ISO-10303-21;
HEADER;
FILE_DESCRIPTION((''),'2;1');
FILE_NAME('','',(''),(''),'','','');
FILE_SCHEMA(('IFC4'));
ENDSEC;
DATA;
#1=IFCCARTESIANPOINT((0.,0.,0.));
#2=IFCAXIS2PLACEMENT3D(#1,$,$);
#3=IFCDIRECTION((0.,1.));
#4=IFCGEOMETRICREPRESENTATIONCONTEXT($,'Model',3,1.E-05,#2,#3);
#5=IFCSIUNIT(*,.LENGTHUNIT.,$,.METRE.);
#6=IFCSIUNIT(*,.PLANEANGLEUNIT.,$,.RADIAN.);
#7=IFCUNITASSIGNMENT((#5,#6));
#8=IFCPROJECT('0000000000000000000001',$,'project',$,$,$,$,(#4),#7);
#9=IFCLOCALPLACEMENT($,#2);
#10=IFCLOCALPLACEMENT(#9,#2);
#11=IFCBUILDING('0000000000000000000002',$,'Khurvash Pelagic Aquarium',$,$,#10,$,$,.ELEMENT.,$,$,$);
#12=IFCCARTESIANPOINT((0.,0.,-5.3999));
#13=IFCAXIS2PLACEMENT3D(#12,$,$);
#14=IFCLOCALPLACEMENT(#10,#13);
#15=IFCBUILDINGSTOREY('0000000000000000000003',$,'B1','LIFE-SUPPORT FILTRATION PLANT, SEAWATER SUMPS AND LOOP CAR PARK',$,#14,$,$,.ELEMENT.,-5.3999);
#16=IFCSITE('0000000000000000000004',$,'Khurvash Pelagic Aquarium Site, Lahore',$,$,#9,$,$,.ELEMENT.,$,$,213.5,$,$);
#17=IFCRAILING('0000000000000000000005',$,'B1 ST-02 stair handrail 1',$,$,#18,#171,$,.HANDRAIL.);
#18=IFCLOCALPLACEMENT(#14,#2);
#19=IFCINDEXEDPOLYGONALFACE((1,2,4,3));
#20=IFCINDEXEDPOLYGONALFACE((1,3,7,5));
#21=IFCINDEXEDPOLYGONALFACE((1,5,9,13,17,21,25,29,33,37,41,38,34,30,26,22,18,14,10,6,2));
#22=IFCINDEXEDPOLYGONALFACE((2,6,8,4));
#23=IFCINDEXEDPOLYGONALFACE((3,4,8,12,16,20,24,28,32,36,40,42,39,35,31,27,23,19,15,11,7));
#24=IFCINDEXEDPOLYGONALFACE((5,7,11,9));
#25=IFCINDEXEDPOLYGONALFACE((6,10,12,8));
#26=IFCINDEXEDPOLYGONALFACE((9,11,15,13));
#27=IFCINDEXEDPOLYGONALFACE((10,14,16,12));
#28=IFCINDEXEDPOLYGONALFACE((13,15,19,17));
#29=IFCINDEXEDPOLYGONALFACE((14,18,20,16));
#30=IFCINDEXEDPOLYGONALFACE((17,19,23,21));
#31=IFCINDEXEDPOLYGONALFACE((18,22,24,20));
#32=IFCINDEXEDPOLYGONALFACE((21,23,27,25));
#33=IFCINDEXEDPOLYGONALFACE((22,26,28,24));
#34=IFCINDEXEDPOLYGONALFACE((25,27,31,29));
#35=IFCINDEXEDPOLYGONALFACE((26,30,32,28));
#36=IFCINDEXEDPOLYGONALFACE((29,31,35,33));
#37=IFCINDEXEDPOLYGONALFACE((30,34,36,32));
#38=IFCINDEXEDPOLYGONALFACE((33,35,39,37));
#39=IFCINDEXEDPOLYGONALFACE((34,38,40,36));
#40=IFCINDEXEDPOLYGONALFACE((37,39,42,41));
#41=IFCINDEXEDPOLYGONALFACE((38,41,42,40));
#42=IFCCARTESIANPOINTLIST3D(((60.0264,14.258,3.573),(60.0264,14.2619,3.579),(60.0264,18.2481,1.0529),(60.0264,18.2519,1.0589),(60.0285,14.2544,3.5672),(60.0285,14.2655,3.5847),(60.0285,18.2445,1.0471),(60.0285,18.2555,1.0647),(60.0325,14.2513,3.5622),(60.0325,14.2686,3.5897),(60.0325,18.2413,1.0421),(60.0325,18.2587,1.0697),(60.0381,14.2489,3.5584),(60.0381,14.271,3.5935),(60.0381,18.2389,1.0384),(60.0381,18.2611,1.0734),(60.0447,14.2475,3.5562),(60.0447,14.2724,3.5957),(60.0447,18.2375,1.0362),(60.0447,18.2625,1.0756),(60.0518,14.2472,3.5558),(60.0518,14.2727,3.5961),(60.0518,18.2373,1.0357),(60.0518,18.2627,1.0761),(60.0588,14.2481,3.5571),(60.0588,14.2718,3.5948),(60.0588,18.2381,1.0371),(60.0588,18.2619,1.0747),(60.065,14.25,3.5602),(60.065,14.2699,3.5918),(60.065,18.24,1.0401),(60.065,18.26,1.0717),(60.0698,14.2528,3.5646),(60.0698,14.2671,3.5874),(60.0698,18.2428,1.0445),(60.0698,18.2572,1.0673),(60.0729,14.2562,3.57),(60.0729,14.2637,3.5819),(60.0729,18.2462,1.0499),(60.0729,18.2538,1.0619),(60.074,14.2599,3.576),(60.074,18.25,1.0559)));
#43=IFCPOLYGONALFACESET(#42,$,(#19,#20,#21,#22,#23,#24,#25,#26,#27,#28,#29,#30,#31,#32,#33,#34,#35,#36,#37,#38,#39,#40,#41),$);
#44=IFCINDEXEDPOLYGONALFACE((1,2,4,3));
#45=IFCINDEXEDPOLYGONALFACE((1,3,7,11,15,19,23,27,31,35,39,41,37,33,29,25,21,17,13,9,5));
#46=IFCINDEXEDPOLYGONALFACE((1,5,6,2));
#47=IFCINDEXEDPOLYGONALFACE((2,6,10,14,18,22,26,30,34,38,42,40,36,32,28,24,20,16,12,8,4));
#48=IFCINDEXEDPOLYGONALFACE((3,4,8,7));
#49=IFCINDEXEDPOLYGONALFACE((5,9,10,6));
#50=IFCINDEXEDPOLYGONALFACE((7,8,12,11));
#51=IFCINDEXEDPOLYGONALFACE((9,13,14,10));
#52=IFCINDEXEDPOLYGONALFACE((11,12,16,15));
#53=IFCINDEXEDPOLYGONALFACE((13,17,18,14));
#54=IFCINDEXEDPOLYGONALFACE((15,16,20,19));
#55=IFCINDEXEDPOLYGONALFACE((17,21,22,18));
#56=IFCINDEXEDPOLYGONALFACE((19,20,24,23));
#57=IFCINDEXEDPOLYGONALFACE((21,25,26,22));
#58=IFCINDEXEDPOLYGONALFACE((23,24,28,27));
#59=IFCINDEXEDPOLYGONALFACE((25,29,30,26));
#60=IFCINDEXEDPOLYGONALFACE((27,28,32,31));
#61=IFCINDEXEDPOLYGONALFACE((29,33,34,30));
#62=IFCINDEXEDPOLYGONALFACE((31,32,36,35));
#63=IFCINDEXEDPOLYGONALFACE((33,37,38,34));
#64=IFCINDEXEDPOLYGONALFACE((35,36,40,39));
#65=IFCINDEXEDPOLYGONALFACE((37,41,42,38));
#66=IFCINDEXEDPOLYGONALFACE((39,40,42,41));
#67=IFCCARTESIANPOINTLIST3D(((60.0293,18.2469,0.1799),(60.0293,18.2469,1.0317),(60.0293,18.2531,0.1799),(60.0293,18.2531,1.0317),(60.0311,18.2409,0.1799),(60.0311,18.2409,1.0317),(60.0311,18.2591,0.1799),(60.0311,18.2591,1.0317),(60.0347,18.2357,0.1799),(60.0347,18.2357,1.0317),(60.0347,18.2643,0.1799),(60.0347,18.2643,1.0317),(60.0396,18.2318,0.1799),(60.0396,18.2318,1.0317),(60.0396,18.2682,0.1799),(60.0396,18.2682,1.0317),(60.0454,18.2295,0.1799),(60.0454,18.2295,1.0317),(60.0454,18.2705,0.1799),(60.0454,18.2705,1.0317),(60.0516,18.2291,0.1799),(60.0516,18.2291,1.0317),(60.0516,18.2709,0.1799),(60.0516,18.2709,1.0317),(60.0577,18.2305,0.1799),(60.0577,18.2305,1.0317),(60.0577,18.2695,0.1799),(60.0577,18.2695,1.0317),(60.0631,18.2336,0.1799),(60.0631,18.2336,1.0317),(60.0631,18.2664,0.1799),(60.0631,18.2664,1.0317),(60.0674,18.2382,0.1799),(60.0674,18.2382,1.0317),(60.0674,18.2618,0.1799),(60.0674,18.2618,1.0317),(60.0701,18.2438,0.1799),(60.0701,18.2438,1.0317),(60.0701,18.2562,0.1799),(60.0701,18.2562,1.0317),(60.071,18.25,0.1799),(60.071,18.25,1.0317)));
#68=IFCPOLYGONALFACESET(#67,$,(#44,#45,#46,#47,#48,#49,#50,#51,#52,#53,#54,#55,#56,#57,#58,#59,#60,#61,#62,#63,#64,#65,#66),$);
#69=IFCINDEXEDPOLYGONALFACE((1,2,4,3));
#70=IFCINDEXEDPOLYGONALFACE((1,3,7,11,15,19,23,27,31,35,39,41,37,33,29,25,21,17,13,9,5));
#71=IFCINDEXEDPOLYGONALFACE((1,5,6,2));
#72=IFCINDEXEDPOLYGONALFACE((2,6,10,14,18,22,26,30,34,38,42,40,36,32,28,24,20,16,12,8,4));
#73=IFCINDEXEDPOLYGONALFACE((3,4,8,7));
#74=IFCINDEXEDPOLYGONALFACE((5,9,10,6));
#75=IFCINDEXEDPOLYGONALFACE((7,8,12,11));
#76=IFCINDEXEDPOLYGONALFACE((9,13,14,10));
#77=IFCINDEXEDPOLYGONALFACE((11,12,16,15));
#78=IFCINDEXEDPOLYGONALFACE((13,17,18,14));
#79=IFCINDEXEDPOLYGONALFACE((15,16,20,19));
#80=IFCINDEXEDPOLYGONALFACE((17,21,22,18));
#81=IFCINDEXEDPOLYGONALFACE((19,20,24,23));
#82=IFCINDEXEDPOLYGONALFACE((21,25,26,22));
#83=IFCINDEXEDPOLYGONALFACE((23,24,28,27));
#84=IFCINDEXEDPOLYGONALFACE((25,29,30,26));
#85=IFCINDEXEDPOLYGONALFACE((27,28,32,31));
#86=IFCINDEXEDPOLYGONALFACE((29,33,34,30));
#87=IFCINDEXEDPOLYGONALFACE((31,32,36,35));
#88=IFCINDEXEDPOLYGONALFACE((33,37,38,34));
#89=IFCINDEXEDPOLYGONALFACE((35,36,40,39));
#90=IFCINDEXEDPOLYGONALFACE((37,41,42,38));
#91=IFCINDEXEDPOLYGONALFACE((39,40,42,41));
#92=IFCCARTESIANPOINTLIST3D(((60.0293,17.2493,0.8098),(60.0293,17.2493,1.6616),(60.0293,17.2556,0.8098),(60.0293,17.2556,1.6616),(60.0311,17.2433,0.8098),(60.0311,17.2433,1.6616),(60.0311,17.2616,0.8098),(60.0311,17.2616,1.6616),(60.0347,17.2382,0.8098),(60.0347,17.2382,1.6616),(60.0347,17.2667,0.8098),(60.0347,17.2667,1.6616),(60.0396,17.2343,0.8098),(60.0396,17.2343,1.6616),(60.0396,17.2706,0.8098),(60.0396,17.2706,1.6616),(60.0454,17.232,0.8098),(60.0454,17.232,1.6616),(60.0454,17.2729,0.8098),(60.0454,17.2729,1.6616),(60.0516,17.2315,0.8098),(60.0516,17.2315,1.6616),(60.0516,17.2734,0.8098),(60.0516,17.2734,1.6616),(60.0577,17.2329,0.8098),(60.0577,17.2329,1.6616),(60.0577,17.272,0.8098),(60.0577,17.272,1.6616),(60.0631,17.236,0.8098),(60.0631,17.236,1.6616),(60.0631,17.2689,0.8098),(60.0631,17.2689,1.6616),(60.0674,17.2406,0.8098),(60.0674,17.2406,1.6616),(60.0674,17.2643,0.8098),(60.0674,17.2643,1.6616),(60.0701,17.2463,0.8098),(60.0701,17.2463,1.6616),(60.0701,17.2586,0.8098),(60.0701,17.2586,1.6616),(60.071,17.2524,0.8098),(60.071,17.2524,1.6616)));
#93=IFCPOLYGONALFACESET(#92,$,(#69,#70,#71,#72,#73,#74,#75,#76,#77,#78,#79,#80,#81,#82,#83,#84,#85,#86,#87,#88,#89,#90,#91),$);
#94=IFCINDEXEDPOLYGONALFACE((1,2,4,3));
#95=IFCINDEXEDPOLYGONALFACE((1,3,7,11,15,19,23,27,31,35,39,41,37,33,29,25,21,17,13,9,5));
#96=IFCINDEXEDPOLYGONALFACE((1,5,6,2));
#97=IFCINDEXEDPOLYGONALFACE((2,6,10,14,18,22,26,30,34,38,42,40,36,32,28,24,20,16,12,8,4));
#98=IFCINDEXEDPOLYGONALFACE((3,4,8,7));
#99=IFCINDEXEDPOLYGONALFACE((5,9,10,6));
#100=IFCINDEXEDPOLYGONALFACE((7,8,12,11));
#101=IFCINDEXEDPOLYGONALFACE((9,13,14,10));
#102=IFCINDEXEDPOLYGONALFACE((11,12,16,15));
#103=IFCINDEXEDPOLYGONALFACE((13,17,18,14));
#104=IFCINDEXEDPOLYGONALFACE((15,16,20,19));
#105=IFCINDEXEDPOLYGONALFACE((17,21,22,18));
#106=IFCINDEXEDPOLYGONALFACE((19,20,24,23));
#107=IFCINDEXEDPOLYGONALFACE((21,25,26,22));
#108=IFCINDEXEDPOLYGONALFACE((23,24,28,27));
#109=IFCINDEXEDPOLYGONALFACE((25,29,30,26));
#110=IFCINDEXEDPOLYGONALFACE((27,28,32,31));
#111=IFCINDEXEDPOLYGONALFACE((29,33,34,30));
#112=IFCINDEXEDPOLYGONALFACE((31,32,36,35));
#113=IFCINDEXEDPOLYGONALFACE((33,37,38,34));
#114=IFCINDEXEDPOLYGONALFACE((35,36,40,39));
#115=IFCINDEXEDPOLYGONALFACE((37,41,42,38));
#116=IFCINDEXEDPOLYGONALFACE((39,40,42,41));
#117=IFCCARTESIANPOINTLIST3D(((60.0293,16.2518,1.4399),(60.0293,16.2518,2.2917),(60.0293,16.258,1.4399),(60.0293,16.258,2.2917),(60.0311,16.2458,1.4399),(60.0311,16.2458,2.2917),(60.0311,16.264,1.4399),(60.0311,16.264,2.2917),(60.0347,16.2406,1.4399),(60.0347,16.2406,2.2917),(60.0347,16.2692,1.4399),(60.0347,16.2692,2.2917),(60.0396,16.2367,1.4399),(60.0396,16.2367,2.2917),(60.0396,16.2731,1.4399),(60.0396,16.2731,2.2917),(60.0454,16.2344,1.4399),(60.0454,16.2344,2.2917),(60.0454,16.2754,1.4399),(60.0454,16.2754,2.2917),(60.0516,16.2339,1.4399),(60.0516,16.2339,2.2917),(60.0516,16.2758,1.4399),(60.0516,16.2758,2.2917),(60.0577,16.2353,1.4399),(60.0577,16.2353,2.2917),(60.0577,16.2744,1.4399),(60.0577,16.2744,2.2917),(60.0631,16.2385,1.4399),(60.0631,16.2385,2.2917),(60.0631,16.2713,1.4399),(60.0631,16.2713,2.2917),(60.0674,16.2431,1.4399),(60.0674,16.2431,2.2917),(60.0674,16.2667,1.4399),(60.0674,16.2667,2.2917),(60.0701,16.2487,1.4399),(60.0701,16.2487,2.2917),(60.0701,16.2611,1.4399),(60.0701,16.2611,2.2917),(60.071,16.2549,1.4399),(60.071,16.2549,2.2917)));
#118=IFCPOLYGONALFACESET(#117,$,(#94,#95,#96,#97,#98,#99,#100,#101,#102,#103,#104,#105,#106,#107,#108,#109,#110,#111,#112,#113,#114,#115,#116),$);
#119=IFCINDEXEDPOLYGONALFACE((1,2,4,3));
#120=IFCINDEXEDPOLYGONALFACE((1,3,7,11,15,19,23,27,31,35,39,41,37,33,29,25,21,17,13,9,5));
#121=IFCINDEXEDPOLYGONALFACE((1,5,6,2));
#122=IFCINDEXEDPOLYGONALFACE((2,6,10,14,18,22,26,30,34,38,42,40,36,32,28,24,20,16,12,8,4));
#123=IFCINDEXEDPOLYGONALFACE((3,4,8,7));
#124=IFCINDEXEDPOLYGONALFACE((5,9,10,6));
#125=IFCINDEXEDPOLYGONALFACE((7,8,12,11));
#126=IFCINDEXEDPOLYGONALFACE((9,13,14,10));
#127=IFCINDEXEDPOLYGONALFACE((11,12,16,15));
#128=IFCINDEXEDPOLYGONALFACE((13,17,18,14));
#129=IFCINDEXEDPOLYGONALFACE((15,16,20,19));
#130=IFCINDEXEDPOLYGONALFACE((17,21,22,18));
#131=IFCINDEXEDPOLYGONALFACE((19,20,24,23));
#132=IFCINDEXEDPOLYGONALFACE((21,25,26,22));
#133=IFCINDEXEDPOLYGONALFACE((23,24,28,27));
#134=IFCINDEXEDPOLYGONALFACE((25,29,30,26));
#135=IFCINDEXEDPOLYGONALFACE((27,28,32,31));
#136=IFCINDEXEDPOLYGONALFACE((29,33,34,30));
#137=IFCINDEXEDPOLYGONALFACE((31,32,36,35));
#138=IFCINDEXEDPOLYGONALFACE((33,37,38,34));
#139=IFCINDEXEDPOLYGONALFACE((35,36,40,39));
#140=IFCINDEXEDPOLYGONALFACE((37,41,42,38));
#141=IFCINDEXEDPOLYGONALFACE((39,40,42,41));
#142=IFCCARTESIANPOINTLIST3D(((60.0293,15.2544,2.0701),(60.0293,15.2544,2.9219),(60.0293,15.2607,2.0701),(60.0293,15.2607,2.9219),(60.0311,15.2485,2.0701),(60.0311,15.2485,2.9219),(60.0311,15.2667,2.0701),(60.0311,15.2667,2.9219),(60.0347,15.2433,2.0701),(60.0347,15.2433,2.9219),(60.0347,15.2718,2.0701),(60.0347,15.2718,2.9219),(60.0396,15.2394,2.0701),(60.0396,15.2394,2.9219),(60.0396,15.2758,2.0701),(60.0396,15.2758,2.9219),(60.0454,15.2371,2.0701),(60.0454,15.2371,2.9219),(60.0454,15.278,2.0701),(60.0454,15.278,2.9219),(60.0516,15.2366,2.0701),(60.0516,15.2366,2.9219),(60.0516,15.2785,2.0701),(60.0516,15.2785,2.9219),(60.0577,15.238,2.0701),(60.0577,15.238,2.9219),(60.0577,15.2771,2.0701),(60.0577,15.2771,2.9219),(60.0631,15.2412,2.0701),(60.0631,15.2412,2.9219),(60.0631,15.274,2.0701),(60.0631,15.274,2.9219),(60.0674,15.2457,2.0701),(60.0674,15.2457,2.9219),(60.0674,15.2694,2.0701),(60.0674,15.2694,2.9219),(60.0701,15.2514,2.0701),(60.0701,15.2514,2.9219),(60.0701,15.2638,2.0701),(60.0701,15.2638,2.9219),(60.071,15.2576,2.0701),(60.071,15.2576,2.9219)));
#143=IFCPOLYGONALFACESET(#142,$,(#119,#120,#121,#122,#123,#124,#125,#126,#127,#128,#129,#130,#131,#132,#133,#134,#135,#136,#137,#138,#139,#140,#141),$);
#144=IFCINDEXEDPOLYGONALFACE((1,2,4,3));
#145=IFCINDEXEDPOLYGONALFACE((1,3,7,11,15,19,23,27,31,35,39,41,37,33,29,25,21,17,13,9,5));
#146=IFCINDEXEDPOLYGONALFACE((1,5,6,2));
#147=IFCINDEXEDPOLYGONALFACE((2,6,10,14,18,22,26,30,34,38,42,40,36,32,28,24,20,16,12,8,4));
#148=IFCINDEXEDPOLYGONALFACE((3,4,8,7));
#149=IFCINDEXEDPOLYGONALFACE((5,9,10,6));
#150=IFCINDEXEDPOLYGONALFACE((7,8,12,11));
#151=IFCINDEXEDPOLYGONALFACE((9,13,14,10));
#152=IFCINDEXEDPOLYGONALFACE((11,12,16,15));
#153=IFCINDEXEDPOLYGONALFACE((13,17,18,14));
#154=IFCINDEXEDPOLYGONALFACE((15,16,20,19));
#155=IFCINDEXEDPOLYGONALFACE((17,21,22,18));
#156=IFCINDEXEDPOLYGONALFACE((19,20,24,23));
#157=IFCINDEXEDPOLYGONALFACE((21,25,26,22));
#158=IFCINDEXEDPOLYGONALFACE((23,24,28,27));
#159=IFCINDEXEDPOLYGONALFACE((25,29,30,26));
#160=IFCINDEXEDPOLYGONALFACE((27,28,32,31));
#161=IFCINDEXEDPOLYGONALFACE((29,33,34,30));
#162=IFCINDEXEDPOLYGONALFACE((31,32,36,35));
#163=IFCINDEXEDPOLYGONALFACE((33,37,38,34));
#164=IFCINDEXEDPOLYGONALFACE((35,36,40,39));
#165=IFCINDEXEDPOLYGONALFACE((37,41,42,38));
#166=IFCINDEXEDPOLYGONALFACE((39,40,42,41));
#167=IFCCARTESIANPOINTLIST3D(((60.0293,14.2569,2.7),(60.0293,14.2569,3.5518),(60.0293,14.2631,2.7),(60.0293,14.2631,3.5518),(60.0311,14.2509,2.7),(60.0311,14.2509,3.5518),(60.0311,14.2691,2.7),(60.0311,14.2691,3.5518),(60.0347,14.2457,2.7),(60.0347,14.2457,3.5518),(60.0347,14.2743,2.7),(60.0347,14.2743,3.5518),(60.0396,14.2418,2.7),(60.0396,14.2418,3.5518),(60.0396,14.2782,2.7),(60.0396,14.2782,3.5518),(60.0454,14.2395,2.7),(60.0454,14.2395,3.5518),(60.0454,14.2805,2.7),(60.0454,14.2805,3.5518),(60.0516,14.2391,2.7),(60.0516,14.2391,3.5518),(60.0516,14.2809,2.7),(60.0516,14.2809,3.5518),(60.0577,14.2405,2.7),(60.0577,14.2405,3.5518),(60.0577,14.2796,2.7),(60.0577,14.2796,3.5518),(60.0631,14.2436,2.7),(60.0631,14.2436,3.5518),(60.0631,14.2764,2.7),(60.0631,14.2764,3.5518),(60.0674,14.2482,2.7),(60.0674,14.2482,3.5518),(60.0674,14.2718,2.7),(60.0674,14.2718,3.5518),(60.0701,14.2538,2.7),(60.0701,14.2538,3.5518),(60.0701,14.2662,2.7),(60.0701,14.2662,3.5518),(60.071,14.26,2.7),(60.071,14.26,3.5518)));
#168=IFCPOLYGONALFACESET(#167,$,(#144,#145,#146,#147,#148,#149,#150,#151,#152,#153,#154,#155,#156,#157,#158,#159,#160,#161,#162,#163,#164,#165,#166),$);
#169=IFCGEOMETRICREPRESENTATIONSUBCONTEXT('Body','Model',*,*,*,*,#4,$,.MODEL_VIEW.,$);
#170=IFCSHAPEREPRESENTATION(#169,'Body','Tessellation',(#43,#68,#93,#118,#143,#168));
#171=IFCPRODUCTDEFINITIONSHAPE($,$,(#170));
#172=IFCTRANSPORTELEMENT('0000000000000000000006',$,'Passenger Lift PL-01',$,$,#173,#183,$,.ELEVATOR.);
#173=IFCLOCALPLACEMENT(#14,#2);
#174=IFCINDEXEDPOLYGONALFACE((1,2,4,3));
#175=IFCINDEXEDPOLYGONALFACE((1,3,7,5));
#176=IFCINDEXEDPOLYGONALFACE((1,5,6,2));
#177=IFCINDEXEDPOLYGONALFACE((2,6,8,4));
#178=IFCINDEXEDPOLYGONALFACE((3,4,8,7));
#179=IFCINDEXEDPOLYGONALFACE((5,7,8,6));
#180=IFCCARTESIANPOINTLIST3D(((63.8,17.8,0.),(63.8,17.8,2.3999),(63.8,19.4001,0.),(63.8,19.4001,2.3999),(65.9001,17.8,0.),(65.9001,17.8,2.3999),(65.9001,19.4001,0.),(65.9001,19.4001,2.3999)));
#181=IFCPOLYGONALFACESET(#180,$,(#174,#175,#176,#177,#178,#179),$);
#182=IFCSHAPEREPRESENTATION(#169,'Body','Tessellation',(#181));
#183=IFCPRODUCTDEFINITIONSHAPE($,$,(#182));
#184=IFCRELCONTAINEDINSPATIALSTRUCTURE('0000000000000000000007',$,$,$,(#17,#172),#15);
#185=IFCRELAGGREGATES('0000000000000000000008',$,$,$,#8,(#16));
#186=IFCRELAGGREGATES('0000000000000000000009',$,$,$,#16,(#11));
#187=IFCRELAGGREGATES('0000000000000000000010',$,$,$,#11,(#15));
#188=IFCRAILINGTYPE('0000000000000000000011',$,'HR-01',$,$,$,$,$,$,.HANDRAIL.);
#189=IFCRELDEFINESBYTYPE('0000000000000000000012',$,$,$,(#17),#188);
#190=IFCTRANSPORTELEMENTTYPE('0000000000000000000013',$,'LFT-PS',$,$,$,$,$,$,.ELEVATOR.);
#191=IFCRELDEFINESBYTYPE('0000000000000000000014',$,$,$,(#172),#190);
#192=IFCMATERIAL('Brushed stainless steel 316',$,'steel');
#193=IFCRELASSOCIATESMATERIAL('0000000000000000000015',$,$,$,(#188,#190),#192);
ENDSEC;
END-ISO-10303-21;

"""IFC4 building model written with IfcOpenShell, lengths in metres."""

from ifc_helpers import new_model, si_unit, direction, frame, origin, origin_2d, place, context, subcontext, project, spatial, rectangle, circle, extrude, material, type_object, element, save


model = new_model("IFC4")

# Units and contexts
model_context = context("Model", 3, precision=1e-05, world=origin(), true_north=direction((0.0, 1.0)))
body_context = subcontext(model_context, "Body", "Model", "MODEL_VIEW")
ifc_project = project(units=[si_unit("LENGTHUNIT", "METRE"), si_unit("PLANEANGLEUNIT", "RADIAN")], contexts=[model_context])

# Site, building, storey
site_placement = place(None, origin())
site = spatial("IfcSite", under=ifc_project, at=site_placement, Name="Khurvash Pelagic Aquarium Site, Lahore", CompositionType="ELEMENT", RefElevation=213.5)
building_placement = place(site_placement, origin())
building = spatial("IfcBuilding", under=site, at=building_placement, Name="Khurvash Pelagic Aquarium", CompositionType="ELEMENT")
storey_placement = place(building_placement, frame((0.0, 0.0, -5.3999)))
storey = spatial("IfcBuildingStorey", under=building, at=storey_placement, Name="B1", Description="LIFE-SUPPORT FILTRATION PLANT, SEAWATER SUMPS AND LOOP CAR PARK", CompositionType="ELEMENT", Elevation=-5.3999)

# Railing
ifc_material_1 = material(Name="Brushed stainless steel 316", Category="steel")
railing_type_1 = type_object("IfcRailingType", Name="HR-01", PredefinedType="HANDRAIL", material=ifc_material_1)
railing_1_placement = place(storey_placement, frame((60.05, 18.25, 0.1799)))
element("IfcRailing", 1, at=railing_1_placement, inside=storey, type_object=railing_type_1, Name="B1 ST-02 stair handrail 1", PredefinedType="HANDRAIL", context=body_context, shape_type="SweptSolid", body=[
    extrude(circle(Radius=0.0239, at=origin_2d()), frame((0.0, 0.0, 0.876), z_axis=(0.0, -0.845486, 0.533997), x_axis=(1.0, 0.0, 0.0)), (0.0, 0.0, 1.0), 4.7192),
    extrude(circle(Radius=0.021, at=origin_2d()), origin(), (0.0, 0.0, 1.0), 0.8518),
    extrude(circle(Radius=0.021, at=origin_2d()), frame((0.0, -0.9976, 0.6299)), (0.0, 0.0, 1.0), 0.8518),
    extrude(circle(Radius=0.021, at=origin_2d()), frame((0.0, -1.9951, 1.26)), (0.0, 0.0, 1.0), 0.8518),
    extrude(circle(Radius=0.021, at=origin_2d()), frame((0.0, -2.9924, 1.8901)), (0.0, 0.0, 1.0), 0.8518),
    extrude(circle(Radius=0.021, at=origin_2d()), frame((0.0, -3.99, 2.52)), (0.0, 0.0, 1.0), 0.8518),
])

# Transport element
transport_element_type = type_object("IfcTransportElementType", Name="LFT-PS", PredefinedType="ELEVATOR", material=ifc_material_1)
transport_element_placement = place(storey_placement, frame((64.8501, 18.6001, 0.0), z_axis=(0.0, 0.0, 1.0), x_axis=(1.0, 0.0, 0.0)))
element("IfcTransportElement", 2, at=transport_element_placement, inside=storey, type_object=transport_element_type, Name="Passenger Lift PL-01", PredefinedType="ELEVATOR", context=body_context, shape_type="SweptSolid", body=[
    extrude(rectangle(XDim=2.1001, YDim=1.6001, at=origin_2d()), origin(), (0.0, 0.0, 1.0), 2.3999),
])

save(model, "model.ifc")
